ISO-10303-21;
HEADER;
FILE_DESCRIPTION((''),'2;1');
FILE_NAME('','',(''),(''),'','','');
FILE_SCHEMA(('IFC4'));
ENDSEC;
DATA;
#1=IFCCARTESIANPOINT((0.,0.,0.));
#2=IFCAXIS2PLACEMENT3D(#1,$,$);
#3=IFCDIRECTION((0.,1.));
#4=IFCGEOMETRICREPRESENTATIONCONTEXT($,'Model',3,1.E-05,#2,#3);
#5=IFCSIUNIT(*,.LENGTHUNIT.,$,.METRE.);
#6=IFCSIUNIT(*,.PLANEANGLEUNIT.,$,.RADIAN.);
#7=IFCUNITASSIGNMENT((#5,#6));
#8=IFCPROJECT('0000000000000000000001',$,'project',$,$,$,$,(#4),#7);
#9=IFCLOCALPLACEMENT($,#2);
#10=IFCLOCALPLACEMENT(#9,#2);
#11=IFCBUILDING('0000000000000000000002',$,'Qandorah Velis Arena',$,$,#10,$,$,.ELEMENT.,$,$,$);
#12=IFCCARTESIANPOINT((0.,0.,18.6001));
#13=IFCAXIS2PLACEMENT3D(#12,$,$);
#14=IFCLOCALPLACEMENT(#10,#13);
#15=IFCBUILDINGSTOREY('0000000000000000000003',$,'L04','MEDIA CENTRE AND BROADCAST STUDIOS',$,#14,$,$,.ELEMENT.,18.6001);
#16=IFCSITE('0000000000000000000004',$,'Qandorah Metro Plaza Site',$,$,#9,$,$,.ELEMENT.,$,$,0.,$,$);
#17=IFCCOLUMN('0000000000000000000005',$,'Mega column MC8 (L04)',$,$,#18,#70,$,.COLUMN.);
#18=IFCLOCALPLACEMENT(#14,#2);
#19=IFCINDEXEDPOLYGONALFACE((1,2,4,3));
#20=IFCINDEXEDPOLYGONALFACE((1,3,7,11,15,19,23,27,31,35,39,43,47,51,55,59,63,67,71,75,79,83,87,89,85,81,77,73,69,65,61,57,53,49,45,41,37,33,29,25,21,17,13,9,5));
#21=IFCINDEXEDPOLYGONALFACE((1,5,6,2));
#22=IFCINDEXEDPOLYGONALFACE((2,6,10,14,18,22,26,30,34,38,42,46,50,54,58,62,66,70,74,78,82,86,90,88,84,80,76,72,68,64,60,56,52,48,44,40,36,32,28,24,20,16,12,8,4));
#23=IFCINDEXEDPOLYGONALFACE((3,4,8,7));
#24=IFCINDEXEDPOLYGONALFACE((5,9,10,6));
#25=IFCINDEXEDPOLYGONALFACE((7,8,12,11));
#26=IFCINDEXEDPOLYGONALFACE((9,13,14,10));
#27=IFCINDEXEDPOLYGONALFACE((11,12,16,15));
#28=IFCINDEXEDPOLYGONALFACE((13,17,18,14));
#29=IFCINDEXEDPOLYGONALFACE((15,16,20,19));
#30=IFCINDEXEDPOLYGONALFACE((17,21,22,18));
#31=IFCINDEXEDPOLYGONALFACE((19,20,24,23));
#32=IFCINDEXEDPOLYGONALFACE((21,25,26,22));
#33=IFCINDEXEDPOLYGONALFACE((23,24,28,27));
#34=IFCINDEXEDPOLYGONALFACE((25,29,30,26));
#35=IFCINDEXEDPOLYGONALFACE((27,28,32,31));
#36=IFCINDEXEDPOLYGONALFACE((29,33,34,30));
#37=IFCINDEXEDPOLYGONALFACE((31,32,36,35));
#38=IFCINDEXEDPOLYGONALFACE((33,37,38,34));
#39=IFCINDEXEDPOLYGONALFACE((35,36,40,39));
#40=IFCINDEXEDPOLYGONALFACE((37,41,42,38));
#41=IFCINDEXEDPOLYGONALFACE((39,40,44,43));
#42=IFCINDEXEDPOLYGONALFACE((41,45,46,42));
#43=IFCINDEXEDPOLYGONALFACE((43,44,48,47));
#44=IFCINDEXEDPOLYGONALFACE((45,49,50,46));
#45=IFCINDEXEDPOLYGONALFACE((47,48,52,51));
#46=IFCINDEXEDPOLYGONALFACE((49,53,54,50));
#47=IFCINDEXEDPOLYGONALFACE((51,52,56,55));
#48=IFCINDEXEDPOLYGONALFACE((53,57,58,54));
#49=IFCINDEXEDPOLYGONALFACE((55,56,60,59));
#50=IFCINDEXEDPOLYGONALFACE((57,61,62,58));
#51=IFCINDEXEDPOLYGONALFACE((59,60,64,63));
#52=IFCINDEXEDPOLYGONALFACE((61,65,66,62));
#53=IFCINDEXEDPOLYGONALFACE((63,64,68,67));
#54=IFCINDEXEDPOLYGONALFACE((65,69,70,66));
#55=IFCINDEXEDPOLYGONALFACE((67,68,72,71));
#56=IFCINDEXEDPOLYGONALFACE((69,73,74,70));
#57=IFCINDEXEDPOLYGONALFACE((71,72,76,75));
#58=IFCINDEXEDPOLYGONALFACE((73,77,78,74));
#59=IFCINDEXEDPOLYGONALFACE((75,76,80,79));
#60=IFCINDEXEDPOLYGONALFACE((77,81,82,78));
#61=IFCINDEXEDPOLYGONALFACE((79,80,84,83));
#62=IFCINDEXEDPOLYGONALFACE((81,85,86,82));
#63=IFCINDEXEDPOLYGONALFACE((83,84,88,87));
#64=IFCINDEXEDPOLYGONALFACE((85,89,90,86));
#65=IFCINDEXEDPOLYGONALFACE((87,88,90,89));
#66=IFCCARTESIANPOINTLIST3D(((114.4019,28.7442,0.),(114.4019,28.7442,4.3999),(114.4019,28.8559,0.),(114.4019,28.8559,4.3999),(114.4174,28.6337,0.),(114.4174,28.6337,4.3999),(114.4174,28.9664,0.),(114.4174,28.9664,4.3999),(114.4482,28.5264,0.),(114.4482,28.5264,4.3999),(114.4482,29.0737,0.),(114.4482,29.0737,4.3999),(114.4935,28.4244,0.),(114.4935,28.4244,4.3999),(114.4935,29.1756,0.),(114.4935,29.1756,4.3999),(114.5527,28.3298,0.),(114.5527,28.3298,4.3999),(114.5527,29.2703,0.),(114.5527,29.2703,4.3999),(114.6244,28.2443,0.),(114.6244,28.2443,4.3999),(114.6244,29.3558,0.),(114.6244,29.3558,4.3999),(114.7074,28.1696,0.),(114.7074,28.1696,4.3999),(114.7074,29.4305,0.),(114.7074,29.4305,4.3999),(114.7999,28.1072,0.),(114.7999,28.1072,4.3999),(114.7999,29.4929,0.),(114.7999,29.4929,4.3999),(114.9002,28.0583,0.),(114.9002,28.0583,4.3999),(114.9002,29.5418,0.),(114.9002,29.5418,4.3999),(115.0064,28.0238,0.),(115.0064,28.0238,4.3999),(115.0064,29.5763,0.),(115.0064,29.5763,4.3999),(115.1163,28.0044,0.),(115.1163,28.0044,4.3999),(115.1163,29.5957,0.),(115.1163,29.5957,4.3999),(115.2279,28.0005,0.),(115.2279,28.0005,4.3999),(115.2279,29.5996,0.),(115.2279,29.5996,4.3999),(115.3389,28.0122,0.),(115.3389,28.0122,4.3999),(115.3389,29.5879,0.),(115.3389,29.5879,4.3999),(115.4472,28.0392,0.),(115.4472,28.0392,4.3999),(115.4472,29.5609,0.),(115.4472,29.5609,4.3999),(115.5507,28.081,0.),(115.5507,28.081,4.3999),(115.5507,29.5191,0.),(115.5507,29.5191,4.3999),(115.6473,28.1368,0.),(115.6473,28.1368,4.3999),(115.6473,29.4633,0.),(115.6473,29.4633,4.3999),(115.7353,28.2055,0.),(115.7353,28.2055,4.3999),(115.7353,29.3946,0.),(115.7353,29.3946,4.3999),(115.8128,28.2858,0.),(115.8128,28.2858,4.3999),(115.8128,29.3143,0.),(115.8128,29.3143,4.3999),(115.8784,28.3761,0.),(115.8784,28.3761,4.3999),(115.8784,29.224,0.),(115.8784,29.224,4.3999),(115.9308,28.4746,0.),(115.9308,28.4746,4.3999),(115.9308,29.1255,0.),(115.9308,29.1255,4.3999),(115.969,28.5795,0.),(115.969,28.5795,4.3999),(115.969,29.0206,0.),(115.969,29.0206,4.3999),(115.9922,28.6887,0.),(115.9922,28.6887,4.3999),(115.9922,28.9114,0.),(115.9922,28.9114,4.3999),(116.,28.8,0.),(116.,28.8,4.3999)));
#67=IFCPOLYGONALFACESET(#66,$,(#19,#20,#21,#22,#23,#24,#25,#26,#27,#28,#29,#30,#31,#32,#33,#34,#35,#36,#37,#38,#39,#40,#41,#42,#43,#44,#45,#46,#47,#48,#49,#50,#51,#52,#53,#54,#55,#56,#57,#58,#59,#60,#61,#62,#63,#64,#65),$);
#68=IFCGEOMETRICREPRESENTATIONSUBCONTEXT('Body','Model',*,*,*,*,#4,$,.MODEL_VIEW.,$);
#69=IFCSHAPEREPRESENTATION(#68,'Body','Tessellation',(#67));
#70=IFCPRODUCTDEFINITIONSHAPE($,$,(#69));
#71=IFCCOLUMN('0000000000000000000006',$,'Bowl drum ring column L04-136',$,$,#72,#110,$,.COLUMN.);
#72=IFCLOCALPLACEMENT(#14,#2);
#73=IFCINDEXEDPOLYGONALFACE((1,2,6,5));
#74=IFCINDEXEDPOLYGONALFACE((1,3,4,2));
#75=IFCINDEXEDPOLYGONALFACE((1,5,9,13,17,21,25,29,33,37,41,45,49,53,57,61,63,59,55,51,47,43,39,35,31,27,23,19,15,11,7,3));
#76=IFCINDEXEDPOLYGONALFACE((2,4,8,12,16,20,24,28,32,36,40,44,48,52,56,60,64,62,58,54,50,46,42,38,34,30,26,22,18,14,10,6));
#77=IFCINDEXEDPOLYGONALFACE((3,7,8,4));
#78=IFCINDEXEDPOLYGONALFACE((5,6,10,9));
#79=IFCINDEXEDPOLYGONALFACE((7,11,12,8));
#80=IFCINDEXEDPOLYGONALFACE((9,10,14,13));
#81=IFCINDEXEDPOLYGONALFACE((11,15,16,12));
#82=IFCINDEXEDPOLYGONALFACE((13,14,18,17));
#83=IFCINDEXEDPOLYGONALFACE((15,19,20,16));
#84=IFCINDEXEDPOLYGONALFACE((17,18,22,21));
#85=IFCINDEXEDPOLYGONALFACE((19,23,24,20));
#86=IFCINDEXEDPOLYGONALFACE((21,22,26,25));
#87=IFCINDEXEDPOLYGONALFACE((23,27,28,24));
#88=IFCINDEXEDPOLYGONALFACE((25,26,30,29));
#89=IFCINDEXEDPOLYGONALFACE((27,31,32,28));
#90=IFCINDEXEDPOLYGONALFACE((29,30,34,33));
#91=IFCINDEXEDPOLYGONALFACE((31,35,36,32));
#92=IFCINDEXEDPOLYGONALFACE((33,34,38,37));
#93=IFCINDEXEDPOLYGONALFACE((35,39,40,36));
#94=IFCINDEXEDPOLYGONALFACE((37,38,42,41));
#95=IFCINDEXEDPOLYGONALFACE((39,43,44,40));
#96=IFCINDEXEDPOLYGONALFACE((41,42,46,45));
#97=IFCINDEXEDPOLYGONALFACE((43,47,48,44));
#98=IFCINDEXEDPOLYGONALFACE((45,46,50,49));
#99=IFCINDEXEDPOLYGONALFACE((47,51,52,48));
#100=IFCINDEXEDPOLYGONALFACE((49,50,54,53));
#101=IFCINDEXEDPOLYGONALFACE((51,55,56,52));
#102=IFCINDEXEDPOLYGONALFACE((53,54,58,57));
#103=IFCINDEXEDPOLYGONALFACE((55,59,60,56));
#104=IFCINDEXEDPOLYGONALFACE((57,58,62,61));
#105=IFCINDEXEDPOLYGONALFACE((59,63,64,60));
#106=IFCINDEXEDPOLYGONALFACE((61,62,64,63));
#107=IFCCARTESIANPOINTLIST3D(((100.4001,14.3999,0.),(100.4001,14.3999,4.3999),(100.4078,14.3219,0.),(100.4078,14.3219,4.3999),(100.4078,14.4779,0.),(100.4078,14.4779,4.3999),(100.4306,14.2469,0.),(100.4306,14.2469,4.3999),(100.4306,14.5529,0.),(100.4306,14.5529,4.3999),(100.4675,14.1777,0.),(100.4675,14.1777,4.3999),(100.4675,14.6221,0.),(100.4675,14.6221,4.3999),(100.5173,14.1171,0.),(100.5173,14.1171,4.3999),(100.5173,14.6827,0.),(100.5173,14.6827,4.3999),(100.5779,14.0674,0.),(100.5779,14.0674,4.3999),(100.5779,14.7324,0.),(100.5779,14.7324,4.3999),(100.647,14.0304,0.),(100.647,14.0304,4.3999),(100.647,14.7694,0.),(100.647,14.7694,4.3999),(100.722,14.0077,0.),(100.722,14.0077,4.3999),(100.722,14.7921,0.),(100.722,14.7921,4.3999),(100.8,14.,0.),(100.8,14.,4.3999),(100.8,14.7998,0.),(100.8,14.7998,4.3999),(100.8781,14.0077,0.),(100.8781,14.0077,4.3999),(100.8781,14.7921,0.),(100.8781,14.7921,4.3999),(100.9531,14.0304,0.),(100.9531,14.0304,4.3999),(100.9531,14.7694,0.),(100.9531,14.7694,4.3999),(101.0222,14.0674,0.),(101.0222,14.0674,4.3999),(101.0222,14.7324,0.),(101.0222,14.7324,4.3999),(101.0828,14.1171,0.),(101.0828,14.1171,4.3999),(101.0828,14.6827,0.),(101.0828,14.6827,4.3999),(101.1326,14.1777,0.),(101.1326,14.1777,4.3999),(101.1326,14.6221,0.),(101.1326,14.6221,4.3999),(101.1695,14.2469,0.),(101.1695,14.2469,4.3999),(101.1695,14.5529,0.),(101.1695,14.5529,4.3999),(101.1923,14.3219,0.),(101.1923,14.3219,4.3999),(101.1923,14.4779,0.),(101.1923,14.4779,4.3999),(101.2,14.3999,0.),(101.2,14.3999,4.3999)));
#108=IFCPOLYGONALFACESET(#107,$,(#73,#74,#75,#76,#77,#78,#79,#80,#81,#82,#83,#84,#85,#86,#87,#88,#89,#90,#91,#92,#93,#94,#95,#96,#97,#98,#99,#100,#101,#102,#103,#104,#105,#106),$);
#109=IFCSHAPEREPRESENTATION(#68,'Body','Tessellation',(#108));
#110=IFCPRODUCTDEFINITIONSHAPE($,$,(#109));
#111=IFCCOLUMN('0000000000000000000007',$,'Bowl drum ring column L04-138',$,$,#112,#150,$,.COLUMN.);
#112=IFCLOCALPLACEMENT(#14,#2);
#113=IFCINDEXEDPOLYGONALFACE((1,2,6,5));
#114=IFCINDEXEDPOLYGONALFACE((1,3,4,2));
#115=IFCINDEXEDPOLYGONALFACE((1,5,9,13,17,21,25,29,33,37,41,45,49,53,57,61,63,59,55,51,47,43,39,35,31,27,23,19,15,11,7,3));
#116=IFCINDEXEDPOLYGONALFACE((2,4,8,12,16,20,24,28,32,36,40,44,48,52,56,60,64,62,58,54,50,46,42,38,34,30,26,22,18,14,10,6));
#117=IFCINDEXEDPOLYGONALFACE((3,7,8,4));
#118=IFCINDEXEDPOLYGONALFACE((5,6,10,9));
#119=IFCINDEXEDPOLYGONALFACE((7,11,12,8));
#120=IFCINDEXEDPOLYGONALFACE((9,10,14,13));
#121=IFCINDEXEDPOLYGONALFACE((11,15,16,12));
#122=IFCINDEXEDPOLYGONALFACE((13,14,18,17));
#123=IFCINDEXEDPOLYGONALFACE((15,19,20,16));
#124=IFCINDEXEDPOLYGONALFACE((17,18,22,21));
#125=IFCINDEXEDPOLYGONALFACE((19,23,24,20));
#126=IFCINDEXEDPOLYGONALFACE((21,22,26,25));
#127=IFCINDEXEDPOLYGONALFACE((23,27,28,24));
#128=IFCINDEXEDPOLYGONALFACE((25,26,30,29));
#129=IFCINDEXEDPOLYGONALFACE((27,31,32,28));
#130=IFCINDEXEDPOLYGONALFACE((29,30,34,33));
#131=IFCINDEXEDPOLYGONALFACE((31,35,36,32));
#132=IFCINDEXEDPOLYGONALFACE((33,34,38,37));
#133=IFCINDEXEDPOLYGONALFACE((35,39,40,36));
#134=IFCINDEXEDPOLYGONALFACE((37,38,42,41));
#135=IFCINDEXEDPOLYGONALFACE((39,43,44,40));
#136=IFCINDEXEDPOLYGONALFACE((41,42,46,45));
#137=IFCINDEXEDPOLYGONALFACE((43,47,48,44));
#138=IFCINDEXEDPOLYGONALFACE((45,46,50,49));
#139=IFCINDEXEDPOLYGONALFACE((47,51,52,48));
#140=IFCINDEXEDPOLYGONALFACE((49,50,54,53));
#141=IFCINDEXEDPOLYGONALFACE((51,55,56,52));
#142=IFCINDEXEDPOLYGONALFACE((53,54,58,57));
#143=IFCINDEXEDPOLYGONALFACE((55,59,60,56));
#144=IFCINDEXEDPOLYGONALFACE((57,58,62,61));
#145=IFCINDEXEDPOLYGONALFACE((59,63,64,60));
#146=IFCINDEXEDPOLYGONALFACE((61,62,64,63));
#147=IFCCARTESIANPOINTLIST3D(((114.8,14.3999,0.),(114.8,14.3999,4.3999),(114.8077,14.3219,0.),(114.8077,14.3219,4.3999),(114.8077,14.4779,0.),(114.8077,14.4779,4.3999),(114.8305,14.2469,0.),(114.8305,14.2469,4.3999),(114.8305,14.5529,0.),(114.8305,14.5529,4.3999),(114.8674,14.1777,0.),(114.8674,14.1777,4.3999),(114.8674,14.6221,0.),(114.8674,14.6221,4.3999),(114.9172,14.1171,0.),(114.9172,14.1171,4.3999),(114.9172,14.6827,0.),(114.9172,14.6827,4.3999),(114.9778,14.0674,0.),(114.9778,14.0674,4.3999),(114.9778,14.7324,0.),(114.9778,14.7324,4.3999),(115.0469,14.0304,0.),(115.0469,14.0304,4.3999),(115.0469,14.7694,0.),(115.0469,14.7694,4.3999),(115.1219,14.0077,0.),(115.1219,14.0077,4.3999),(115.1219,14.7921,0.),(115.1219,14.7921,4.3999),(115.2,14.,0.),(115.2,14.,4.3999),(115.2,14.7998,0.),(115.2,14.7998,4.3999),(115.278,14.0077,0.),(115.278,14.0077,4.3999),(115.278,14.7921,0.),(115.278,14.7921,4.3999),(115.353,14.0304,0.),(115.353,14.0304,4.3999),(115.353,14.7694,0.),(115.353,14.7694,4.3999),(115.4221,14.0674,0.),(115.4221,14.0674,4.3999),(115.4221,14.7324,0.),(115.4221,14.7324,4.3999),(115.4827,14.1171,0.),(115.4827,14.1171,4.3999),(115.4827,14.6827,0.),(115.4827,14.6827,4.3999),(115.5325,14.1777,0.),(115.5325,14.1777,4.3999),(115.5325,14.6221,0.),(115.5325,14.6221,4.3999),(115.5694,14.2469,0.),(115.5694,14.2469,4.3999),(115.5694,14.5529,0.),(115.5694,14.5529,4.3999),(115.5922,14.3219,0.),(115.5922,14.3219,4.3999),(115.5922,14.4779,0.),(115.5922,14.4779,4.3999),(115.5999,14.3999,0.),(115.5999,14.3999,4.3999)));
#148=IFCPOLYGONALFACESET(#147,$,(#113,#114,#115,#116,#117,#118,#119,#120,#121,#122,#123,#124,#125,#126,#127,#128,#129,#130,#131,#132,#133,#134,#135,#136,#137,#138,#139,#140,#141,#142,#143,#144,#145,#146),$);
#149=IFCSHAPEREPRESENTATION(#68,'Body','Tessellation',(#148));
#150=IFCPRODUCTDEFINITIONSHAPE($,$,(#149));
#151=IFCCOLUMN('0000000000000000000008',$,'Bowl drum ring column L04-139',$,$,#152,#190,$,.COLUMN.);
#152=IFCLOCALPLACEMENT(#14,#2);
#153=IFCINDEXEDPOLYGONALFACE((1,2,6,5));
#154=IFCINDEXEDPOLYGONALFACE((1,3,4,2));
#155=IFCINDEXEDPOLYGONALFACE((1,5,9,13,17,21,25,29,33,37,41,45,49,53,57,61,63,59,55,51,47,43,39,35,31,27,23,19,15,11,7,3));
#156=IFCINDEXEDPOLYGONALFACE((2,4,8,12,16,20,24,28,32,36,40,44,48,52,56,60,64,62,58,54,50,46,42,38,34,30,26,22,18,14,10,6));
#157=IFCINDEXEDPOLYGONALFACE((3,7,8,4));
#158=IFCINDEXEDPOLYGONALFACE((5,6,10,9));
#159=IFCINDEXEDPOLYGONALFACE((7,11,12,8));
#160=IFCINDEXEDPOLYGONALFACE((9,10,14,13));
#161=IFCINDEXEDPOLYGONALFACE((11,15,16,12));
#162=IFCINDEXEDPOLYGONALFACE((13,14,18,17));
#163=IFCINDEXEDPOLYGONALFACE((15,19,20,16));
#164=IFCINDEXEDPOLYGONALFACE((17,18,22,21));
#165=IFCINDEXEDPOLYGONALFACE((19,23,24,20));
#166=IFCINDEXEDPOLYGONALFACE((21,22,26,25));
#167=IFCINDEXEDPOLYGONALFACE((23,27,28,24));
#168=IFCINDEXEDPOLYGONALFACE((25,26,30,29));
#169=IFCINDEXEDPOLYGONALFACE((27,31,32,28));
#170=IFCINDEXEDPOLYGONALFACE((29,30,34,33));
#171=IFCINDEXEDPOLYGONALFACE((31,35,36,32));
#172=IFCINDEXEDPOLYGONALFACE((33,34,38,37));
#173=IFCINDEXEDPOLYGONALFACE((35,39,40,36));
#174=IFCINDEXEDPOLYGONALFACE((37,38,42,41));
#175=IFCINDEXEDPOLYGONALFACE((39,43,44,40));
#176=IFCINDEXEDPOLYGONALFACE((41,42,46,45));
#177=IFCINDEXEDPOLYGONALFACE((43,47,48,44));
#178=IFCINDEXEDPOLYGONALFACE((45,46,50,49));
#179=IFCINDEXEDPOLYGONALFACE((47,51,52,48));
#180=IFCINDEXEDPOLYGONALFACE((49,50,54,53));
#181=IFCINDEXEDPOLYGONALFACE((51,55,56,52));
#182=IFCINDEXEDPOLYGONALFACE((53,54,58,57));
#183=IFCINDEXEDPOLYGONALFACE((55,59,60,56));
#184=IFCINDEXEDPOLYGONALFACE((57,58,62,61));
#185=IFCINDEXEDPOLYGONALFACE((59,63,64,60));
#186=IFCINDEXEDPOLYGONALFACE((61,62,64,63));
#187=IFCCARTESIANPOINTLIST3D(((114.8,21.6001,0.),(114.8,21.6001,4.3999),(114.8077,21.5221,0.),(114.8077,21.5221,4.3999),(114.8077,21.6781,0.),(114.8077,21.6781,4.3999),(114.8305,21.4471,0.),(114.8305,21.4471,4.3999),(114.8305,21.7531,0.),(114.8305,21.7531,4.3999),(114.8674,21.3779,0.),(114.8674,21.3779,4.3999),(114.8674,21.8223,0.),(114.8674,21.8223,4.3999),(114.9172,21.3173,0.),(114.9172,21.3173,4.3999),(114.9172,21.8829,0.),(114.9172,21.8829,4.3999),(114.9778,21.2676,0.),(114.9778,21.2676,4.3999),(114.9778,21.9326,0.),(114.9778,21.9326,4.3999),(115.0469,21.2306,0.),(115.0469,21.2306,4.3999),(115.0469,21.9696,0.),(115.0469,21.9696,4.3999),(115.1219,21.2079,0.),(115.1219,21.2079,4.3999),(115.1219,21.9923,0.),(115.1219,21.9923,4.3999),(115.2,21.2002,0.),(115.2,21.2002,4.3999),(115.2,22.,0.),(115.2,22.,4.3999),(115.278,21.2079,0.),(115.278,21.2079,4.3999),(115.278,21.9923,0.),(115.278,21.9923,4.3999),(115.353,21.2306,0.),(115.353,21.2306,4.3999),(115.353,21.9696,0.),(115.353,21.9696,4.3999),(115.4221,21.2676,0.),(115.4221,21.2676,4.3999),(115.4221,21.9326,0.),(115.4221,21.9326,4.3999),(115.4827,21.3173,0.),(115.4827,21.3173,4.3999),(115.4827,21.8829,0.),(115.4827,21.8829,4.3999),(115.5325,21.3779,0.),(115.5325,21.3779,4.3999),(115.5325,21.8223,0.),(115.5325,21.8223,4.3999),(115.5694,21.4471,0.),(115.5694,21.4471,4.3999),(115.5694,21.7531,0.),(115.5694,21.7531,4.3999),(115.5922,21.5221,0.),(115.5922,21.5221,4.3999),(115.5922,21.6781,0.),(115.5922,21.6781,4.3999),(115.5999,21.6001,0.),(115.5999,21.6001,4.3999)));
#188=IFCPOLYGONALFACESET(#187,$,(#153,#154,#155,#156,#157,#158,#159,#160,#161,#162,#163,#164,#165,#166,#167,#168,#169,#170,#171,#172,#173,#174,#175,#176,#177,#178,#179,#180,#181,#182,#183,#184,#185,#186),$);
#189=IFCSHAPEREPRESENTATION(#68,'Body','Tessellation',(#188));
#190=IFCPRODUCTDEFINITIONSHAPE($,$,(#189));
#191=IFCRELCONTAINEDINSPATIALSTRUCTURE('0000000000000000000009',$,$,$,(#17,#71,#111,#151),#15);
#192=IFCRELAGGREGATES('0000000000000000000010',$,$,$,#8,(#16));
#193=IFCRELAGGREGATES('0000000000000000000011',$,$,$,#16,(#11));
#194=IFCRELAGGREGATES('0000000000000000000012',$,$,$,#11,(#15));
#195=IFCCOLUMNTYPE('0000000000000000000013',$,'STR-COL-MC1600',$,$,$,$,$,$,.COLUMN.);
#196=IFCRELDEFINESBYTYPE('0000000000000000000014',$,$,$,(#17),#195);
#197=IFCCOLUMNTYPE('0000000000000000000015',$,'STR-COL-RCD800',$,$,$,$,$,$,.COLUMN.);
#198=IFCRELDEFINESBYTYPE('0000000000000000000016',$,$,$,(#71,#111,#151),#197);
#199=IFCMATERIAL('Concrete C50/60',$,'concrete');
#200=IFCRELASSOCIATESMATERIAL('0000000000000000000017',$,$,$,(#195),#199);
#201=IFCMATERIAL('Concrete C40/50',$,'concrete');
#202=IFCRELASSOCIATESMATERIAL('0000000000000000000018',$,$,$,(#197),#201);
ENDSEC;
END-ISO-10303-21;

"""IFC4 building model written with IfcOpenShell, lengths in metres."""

from ifc_helpers import new_model, si_unit, direction, frame, origin, origin_2d, place, context, subcontext, project, spatial, circle, extrude, material, material_profile, profile_set, type_object, element, save


model = new_model("IFC4")

# Units and contexts
model_context = context("Model", 3, precision=1e-05, world=origin(), true_north=direction((0.0, 1.0)))
body_context = subcontext(model_context, "Body", "Model", "MODEL_VIEW")
ifc_project = project(units=[si_unit("LENGTHUNIT", "METRE"), si_unit("PLANEANGLEUNIT", "RADIAN")], contexts=[model_context])

# Site, building, storey
site_placement = place(None, origin())
site = spatial("IfcSite", under=ifc_project, at=site_placement, Name="Qandorah Metro Plaza Site", CompositionType="ELEMENT", RefElevation=0.0)
building_placement = place(site_placement, origin())
building = spatial("IfcBuilding", under=site, at=building_placement, Name="Qandorah Velis Arena", CompositionType="ELEMENT")
storey_placement = place(building_placement, frame((0.0, 0.0, 18.6001)))
storey = spatial("IfcBuildingStorey", under=building, at=storey_placement, Name="L04", Description="MEDIA CENTRE AND BROADCAST STUDIOS", CompositionType="ELEMENT", Elevation=18.6001)

# Columns
ifc_material_1 = material(Name="Concrete C50/60", Category="concrete")
ifc_material_profile_1 = material_profile(ifc_material_1, circle(Radius=0.8, at=origin_2d()), Name="MC D1600")
ifc_profile_set_1 = profile_set([ifc_material_profile_1], Name="Concrete C50/60")
column_type_1 = type_object("IfcColumnType", Name="STR-COL-MC1600", PredefinedType="COLUMN", material=ifc_profile_set_1)
column_placement = place(storey_placement, frame((115.2, 28.8, 0.0), z_axis=(0.0, 0.0, 1.0), x_axis=(1.0, 0.0, 0.0)))
element("IfcColumn", 1, at=column_placement, inside=storey, type_object=column_type_1, Name="Mega column MC8 (L04)", PredefinedType="COLUMN", context=body_context, shape_type="SweptSolid", body=[
    extrude(circle(Radius=0.8, at=origin_2d()), origin(), (0.0, 0.0, 1.0), 4.3999),
])
ifc_material_2 = material(Name="Concrete C40/50", Category="concrete")
ifc_material_profile_2 = material_profile(ifc_material_2, circle(Radius=0.3999, at=origin_2d()), Name="RC D800")
ifc_profile_set_2 = profile_set([ifc_material_profile_2], Name="Concrete C40/50")
column_type_2 = type_object("IfcColumnType", Name="STR-COL-RCD800", PredefinedType="COLUMN", material=ifc_profile_set_2)
for number, where, z_axis, x_axis, name in (
    (2, (100.8, 14.3999, 0.0), (0.0, 0.0, 1.0), (1.0, 0.0, 0.0), "Bowl drum ring column L04-136"),
    (3, (115.2, 14.3999, 0.0), (0.0, 0.0, 1.0), (1.0, 0.0, 0.0), "Bowl drum ring column L04-138"),
    (4, (115.2, 21.6001, 0.0), (0.0, 0.0, 1.0), (1.0, 0.0, 0.0), "Bowl drum ring column L04-139"),
):
    element("IfcColumn", number, at=place(storey_placement, frame(where, z_axis=z_axis, x_axis=x_axis)), inside=storey, type_object=column_type_2, Name=name, PredefinedType="COLUMN", context=body_context, shape_type="SweptSolid", body=[
        extrude(circle(Radius=0.3999, at=origin_2d()), origin(), (0.0, 0.0, 1.0), 4.3999),
    ])

save(model, "model.ifc")
